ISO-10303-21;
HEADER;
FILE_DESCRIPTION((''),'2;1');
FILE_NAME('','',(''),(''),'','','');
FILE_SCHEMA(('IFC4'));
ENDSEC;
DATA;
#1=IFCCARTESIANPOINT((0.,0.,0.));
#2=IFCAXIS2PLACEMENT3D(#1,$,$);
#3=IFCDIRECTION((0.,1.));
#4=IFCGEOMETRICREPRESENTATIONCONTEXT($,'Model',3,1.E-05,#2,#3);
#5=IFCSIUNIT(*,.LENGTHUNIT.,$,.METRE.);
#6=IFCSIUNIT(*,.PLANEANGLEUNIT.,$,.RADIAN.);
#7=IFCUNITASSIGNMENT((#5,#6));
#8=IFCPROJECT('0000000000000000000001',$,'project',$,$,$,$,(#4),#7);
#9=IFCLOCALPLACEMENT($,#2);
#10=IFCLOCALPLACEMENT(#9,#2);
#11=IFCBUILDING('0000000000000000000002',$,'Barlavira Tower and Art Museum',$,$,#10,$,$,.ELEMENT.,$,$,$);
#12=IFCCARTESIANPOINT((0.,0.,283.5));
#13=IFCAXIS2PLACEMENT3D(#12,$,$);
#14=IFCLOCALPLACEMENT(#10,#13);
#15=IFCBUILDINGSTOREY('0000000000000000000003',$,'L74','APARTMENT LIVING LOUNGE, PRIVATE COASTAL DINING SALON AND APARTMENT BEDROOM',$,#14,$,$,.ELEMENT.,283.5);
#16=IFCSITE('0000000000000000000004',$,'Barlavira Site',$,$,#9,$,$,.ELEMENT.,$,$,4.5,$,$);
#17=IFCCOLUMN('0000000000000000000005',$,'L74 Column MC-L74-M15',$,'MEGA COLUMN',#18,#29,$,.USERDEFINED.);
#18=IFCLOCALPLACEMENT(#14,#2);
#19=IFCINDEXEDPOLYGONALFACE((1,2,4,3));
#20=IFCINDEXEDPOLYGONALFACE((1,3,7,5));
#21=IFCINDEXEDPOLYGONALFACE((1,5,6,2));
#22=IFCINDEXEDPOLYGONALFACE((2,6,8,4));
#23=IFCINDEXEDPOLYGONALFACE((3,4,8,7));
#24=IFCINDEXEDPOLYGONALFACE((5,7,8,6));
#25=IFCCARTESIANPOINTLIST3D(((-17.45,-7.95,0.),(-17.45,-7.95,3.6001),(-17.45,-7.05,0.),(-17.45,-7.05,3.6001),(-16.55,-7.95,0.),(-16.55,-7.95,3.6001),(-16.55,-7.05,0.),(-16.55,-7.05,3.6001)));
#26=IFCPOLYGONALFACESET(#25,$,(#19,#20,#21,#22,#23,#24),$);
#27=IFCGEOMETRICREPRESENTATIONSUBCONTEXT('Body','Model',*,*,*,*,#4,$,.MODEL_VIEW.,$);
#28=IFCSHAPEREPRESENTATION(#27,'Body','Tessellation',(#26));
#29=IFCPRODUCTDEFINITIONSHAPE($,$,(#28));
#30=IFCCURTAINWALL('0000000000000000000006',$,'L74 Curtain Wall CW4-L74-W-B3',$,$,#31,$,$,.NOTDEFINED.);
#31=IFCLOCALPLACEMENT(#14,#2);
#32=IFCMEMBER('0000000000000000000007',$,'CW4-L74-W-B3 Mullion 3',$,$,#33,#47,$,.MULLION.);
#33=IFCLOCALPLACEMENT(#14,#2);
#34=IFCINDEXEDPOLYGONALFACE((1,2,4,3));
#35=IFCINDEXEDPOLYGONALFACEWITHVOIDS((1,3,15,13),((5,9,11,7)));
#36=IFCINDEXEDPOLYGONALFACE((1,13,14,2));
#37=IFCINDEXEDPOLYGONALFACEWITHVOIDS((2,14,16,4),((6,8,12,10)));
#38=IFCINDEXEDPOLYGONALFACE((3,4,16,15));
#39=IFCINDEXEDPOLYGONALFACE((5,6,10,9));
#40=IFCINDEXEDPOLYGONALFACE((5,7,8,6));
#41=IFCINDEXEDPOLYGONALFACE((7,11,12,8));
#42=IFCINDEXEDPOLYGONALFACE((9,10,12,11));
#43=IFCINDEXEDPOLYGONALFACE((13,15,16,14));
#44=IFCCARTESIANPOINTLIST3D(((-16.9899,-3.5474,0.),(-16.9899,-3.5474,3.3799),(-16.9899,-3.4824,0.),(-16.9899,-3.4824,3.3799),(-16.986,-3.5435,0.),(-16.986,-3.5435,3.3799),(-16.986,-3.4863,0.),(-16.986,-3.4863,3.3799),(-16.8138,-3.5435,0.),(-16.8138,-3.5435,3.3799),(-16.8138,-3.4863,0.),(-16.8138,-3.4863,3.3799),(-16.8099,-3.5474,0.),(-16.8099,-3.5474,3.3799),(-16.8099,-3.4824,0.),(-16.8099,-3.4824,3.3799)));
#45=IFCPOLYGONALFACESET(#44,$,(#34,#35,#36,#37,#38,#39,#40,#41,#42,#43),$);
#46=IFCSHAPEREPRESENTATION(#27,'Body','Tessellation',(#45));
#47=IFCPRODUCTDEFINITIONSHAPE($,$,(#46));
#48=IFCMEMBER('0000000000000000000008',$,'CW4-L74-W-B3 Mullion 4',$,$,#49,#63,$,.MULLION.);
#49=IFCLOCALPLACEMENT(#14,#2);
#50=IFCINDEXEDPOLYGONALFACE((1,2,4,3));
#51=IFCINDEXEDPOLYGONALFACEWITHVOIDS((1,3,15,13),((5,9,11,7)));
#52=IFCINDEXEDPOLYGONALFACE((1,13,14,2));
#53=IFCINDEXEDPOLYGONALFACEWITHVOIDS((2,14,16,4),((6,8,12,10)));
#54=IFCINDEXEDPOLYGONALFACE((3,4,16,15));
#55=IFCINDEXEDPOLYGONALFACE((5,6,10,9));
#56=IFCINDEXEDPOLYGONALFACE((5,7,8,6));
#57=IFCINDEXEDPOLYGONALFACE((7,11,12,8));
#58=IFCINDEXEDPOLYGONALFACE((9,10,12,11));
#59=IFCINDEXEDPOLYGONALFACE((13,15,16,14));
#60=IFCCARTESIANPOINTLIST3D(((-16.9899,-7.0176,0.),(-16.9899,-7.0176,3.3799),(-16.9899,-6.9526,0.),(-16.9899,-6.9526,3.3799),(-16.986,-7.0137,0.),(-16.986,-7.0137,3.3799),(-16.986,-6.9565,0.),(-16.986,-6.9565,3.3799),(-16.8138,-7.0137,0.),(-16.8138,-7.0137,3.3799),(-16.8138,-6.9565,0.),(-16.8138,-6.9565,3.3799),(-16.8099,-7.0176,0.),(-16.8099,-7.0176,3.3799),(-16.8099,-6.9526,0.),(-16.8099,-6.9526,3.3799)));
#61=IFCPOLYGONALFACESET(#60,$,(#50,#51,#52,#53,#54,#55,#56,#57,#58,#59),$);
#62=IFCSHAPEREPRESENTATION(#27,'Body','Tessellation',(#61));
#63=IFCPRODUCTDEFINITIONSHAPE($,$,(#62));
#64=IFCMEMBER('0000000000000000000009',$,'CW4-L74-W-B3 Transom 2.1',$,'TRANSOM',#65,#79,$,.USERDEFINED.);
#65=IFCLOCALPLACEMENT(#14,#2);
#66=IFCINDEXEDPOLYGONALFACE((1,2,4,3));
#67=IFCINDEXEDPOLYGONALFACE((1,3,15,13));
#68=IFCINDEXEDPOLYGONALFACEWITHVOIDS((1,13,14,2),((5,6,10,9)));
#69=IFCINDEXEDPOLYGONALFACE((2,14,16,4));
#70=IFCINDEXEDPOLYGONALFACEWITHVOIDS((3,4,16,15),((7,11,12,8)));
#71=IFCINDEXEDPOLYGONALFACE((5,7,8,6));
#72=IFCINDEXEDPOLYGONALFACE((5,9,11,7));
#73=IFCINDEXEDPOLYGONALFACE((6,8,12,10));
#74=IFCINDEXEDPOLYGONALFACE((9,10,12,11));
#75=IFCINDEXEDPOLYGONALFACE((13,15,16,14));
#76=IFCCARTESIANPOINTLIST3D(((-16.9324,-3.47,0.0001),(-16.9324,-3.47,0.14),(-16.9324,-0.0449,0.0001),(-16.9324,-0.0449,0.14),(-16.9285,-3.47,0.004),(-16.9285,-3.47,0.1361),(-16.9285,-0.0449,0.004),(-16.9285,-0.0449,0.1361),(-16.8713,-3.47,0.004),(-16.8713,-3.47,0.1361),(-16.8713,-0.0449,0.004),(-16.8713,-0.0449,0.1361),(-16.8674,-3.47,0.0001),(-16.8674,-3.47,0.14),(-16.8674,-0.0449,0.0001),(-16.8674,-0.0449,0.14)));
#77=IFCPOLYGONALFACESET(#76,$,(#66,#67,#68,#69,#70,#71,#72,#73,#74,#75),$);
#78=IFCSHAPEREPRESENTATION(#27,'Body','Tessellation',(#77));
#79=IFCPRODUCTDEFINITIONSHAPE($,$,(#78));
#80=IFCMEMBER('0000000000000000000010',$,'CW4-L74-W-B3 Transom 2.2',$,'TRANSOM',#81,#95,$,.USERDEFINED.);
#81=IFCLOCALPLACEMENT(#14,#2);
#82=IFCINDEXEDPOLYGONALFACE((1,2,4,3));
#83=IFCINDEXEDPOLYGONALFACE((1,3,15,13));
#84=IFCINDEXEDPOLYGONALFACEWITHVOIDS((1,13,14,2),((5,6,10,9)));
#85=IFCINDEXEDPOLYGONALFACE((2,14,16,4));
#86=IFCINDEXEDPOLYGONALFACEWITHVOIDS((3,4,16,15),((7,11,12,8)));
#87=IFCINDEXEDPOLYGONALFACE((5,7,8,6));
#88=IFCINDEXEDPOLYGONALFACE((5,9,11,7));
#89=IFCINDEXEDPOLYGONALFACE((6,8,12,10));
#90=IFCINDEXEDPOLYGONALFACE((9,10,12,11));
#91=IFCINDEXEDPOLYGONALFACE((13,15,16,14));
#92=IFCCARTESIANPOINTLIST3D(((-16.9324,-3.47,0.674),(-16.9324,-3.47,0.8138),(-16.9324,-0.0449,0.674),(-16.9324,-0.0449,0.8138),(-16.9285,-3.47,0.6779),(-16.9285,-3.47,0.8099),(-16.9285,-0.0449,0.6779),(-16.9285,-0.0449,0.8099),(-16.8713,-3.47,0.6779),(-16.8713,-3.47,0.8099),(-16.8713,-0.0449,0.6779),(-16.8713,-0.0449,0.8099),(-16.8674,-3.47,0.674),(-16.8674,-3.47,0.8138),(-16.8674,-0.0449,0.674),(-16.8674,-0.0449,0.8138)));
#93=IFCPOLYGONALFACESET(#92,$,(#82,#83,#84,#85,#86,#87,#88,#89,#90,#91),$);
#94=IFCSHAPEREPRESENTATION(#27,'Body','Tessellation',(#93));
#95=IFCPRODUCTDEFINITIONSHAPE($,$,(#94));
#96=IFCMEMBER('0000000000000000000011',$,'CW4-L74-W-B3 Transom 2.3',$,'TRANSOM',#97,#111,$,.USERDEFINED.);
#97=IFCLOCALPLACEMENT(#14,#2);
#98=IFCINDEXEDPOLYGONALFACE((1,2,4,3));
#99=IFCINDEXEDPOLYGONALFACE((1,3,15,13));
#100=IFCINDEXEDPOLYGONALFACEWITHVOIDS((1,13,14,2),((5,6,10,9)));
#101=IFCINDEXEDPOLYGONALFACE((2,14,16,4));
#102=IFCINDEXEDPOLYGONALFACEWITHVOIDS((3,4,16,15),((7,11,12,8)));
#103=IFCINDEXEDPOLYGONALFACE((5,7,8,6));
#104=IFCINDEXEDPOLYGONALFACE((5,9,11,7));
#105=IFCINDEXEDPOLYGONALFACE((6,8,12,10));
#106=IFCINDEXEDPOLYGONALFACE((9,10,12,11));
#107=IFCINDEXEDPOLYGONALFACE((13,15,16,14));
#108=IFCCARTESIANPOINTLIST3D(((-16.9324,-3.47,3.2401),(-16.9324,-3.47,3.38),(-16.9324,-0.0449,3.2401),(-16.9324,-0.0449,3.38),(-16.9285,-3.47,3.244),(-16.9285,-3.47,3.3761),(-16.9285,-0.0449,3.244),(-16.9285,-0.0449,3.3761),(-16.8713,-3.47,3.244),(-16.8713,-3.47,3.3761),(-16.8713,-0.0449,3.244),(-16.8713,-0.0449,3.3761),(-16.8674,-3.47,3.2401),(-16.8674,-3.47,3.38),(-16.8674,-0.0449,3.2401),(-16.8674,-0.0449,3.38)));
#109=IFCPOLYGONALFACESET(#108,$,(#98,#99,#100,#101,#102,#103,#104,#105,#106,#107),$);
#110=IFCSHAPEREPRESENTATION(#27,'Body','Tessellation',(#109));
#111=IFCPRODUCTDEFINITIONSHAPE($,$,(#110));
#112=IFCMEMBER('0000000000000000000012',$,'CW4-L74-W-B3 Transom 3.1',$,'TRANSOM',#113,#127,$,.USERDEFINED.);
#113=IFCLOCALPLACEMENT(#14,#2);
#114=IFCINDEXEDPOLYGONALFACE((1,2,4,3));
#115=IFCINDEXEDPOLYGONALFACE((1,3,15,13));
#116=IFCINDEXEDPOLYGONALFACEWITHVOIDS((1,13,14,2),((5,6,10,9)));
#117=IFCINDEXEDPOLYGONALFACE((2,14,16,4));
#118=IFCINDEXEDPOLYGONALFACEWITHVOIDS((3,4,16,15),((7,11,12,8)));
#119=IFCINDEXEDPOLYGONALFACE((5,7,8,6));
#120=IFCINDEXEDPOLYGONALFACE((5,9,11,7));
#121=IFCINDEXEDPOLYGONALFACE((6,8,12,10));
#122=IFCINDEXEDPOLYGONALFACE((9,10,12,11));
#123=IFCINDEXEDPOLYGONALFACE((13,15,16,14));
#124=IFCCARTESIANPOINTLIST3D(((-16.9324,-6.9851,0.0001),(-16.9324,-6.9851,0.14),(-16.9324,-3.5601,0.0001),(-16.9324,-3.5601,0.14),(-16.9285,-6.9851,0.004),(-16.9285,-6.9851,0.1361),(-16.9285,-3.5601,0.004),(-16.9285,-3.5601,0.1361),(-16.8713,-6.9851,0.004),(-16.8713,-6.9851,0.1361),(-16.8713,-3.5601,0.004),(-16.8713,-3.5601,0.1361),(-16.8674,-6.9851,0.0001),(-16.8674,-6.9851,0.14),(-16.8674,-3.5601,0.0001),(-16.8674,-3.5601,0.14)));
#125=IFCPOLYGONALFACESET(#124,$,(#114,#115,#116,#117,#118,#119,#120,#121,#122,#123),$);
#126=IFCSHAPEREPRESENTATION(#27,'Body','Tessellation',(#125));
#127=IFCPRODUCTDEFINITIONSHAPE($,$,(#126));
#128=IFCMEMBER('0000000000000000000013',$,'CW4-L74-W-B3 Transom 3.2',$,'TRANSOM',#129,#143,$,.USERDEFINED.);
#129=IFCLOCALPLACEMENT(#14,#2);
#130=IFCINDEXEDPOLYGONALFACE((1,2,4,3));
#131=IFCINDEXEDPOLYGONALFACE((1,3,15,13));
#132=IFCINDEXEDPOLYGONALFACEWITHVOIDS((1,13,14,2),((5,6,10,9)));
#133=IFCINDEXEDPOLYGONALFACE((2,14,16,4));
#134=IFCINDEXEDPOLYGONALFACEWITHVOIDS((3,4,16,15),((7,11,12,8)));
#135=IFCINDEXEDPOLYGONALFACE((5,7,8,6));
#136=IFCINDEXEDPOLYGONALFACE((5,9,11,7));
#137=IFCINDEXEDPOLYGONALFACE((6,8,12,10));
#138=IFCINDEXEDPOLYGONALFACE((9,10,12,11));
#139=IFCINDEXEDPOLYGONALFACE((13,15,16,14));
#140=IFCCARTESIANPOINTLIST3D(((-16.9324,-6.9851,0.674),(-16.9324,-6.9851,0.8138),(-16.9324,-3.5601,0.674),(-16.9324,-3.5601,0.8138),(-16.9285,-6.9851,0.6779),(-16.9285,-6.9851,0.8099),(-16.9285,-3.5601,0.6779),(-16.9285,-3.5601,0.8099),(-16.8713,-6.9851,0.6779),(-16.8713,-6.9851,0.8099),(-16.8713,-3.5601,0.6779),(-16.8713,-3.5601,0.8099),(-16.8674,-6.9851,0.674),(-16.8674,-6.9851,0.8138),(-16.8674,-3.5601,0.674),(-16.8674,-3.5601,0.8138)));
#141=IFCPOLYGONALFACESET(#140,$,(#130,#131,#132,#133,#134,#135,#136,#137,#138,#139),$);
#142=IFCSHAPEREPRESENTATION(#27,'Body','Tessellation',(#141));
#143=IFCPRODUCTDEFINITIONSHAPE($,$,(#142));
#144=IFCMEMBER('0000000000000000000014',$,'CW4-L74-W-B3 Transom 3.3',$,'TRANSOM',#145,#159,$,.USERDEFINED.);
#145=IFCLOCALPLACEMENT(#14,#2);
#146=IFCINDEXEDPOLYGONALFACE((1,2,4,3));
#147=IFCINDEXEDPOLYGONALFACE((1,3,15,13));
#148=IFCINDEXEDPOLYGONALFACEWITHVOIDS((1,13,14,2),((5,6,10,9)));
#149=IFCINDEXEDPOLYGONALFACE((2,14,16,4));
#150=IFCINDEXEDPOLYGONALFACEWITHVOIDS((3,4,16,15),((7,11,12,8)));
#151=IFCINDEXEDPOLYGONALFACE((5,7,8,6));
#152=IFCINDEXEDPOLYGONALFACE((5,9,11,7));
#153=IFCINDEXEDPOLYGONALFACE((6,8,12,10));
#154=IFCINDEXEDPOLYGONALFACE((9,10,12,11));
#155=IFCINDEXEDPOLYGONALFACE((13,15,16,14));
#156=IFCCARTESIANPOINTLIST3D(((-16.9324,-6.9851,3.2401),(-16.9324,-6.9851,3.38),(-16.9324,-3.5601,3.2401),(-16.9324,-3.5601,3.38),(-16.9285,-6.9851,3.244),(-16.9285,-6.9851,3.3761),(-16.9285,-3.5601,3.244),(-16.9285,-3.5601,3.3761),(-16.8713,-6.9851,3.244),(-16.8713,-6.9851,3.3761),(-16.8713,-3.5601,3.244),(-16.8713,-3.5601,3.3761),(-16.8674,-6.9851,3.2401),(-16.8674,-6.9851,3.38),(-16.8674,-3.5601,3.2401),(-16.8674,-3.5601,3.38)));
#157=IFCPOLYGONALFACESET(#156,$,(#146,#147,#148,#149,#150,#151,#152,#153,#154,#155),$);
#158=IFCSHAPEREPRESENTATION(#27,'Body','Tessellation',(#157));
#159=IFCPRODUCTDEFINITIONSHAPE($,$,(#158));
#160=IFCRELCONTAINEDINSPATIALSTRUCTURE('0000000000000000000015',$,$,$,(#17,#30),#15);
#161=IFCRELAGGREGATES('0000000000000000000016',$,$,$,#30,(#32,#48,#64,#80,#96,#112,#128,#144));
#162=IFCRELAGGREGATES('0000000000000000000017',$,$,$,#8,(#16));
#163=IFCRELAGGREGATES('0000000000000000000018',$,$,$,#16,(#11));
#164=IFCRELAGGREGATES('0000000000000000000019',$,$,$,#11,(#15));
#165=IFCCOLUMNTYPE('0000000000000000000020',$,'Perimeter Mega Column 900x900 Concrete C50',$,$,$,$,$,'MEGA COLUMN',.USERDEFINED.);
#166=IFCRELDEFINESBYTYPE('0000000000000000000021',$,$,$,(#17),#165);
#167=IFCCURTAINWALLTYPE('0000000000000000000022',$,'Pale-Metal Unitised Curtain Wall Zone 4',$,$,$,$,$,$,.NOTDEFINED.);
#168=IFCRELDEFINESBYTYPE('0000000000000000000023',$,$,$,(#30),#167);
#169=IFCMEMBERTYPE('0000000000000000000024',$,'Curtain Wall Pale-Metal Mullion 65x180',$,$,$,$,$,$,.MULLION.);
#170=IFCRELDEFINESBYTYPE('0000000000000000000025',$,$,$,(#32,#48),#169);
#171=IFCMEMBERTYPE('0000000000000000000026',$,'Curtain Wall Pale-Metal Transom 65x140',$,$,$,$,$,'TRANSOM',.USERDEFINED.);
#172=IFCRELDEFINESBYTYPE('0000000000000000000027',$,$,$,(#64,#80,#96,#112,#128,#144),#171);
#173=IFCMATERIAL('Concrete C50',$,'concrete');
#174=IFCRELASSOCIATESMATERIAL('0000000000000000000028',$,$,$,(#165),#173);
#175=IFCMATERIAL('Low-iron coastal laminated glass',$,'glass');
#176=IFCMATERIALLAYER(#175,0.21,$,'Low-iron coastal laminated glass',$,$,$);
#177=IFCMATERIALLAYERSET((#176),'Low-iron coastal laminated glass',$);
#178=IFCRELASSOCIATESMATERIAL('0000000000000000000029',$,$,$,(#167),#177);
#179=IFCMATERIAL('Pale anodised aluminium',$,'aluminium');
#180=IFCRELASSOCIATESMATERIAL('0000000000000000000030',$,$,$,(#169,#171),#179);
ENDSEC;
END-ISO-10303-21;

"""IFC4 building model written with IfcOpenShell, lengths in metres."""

from ifc_helpers import new_model, si_unit, direction, frame, origin, origin_2d, place, context, subcontext, project, spatial, rectangle, hollow_rectangle, extrude, material, layer, layer_set, material_profile, profile_set, type_object, element, aggregate, save


model = new_model("IFC4")

# Units and contexts
model_context = context("Model", 3, precision=1e-05, world=origin(), true_north=direction((0.0, 1.0)))
body_context = subcontext(model_context, "Body", "Model", "MODEL_VIEW")
ifc_project = project(units=[si_unit("LENGTHUNIT", "METRE"), si_unit("PLANEANGLEUNIT", "RADIAN")], contexts=[model_context])

# Site, building, storey
site_placement = place(None, origin())
site = spatial("IfcSite", under=ifc_project, at=site_placement, Name="Barlavira Site", CompositionType="ELEMENT", RefElevation=4.5)
building_placement = place(site_placement, origin())
building = spatial("IfcBuilding", under=site, at=building_placement, Name="Barlavira Tower and Art Museum", CompositionType="ELEMENT")
storey_placement = place(building_placement, frame((0.0, 0.0, 283.5)))
storey = spatial("IfcBuildingStorey", under=building, at=storey_placement, Name="L74", Description="APARTMENT LIVING LOUNGE, PRIVATE COASTAL DINING SALON AND APARTMENT BEDROOM", CompositionType="ELEMENT", Elevation=283.5)

# Column
ifc_material_1 = material(Name="Concrete C50", Category="concrete")
ifc_material_profile_1 = material_profile(ifc_material_1, rectangle(XDim=0.8999, YDim=0.8999, at=origin_2d()), Name="RC-COL 900x900")
ifc_profile_set_1 = profile_set([ifc_material_profile_1], Name="Concrete C50")
column_type = type_object("IfcColumnType", Name="Perimeter Mega Column 900x900 Concrete C50", ElementType="MEGA COLUMN", PredefinedType="USERDEFINED", material=ifc_profile_set_1)
column_placement = place(storey_placement, frame((-17.0, -7.5, 0.0), z_axis=(0.0, 0.0, 1.0), x_axis=(1.0, 0.0, 0.0)))
element("IfcColumn", 1, at=column_placement, inside=storey, type_object=column_type, Name="L74 Column MC-L74-M15", ObjectType="MEGA COLUMN", PredefinedType="USERDEFINED", context=body_context, shape_type="SweptSolid", body=[
    extrude(rectangle(XDim=0.8999, YDim=0.8999, at=origin_2d()), origin(), (0.0, 0.0, 1.0), 3.6001),
])

# Curtain wall, members
ifc_material_2 = material(Name="Low-iron coastal laminated glass", Category="glass")
ifc_layer_1 = layer(ifc_material_2, 0.21, Name="Low-iron coastal laminated glass")
ifc_layer_set_1 = layer_set([ifc_layer_1], Name="Low-iron coastal laminated glass")
curtain_wall_type = type_object("IfcCurtainWallType", Name="Pale-Metal Unitised Curtain Wall Zone 4", PredefinedType="NOTDEFINED", material=ifc_layer_set_1)
curtain_wall_placement = place(storey_placement, origin())
curtain_wall = element("IfcCurtainWall", 2, at=curtain_wall_placement, inside=storey, type_object=curtain_wall_type, Name="L74 Curtain Wall CW4-L74-W-B3", PredefinedType="NOTDEFINED")
ifc_material_3 = material(Name="Pale anodised aluminium", Category="aluminium")
ifc_material_profile_2 = material_profile(ifc_material_3, hollow_rectangle(XDim=0.0649, YDim=0.1799, WallThickness=0.0039, at=origin_2d()), Name="ALU-MULL 65x180x4")
ifc_profile_set_2 = profile_set([ifc_material_profile_2], Name="Pale anodised aluminium")
member_type_1 = type_object("IfcMemberType", Name="Curtain Wall Pale-Metal Mullion 65x180", PredefinedType="MULLION", material=ifc_profile_set_2)
member_1_placement = place(storey_placement, frame((-16.8999, -3.5149, 0.0), z_axis=(0.0, 0.0, 1.0), x_axis=(0.0, -1.0, 0.0)))
member_1 = element("IfcMember", 3, at=member_1_placement, type_object=member_type_1, Name="CW4-L74-W-B3 Mullion 3", PredefinedType="MULLION", context=body_context, shape_type="SweptSolid", body=[
    extrude(hollow_rectangle(XDim=0.0649, YDim=0.1799, WallThickness=0.0039, at=origin_2d()), origin(), (0.0, 0.0, 1.0), 3.3799),
])
member_2_placement = place(storey_placement, frame((-16.8999, -6.9851, 0.0), z_axis=(0.0, 0.0, 1.0), x_axis=(0.0, -1.0, 0.0)))
member_2 = element("IfcMember", 4, at=member_2_placement, type_object=member_type_1, Name="CW4-L74-W-B3 Mullion 4", PredefinedType="MULLION", context=body_context, shape_type="SweptSolid", body=[
    extrude(hollow_rectangle(XDim=0.0649, YDim=0.1799, WallThickness=0.0039, at=origin_2d()), origin(), (0.0, 0.0, 1.0), 3.3799),
])
ifc_material_profile_3 = material_profile(ifc_material_3, hollow_rectangle(XDim=0.0649, YDim=0.1399, WallThickness=0.0039, at=origin_2d()), Name="ALU-TRAN 65x140x4")
ifc_profile_set_3 = profile_set([ifc_material_profile_3], Name="Pale anodised aluminium")
member_type_2 = type_object("IfcMemberType", Name="Curtain Wall Pale-Metal Transom 65x140", ElementType="TRANSOM", PredefinedType="USERDEFINED", material=ifc_profile_set_3)
member_3_placement = place(storey_placement, frame((-16.8999, -0.0449, 0.0701), z_axis=(0.0, -1.0, 0.0), x_axis=(1.0, 0.0, 0.0)))
member_3 = element("IfcMember", 5, at=member_3_placement, type_object=member_type_2, Name="CW4-L74-W-B3 Transom 2.1", ObjectType="TRANSOM", PredefinedType="USERDEFINED", context=body_context, shape_type="SweptSolid", body=[
    extrude(hollow_rectangle(XDim=0.0649, YDim=0.1399, WallThickness=0.0039, at=origin_2d()), origin(), (0.0, 0.0, 1.0), 3.425),
])
member_4_placement = place(storey_placement, frame((-16.8999, -0.0449, 0.7439), z_axis=(0.0, -1.0, 0.0), x_axis=(1.0, 0.0, 0.0)))
member_4 = element("IfcMember", 6, at=member_4_placement, type_object=member_type_2, Name="CW4-L74-W-B3 Transom 2.2", ObjectType="TRANSOM", PredefinedType="USERDEFINED", context=body_context, shape_type="SweptSolid", body=[
    extrude(hollow_rectangle(XDim=0.0649, YDim=0.1399, WallThickness=0.0039, at=origin_2d()), origin(), (0.0, 0.0, 1.0), 3.425),
])
member_5_placement = place(storey_placement, frame((-16.8999, -0.0449, 3.3101), z_axis=(0.0, -1.0, 0.0), x_axis=(1.0, 0.0, 0.0)))
member_5 = element("IfcMember", 7, at=member_5_placement, type_object=member_type_2, Name="CW4-L74-W-B3 Transom 2.3", ObjectType="TRANSOM", PredefinedType="USERDEFINED", context=body_context, shape_type="SweptSolid", body=[
    extrude(hollow_rectangle(XDim=0.0649, YDim=0.1399, WallThickness=0.0039, at=origin_2d()), origin(), (0.0, 0.0, 1.0), 3.425),
])
member_6_placement = place(storey_placement, frame((-16.8999, -3.5601, 0.0701), z_axis=(0.0, -1.0, 0.0), x_axis=(1.0, 0.0, 0.0)))
member_6 = element("IfcMember", 8, at=member_6_placement, type_object=member_type_2, Name="CW4-L74-W-B3 Transom 3.1", ObjectType="TRANSOM", PredefinedType="USERDEFINED", context=body_context, shape_type="SweptSolid", body=[
    extrude(hollow_rectangle(XDim=0.0649, YDim=0.1399, WallThickness=0.0039, at=origin_2d()), origin(), (0.0, 0.0, 1.0), 3.425),
])
member_7_placement = place(storey_placement, frame((-16.8999, -3.5601, 0.7439), z_axis=(0.0, -1.0, 0.0), x_axis=(1.0, 0.0, 0.0)))
member_7 = element("IfcMember", 9, at=member_7_placement, type_object=member_type_2, Name="CW4-L74-W-B3 Transom 3.2", ObjectType="TRANSOM", PredefinedType="USERDEFINED", context=body_context, shape_type="SweptSolid", body=[
    extrude(hollow_rectangle(XDim=0.0649, YDim=0.1399, WallThickness=0.0039, at=origin_2d()), origin(), (0.0, 0.0, 1.0), 3.425),
])
member_8_placement = place(storey_placement, frame((-16.8999, -3.5601, 3.3101), z_axis=(0.0, -1.0, 0.0), x_axis=(1.0, 0.0, 0.0)))
member_8 = element("IfcMember", 10, at=member_8_placement, type_object=member_type_2, Name="CW4-L74-W-B3 Transom 3.3", ObjectType="TRANSOM", PredefinedType="USERDEFINED", context=body_context, shape_type="SweptSolid", body=[
    extrude(hollow_rectangle(XDim=0.0649, YDim=0.1399, WallThickness=0.0039, at=origin_2d()), origin(), (0.0, 0.0, 1.0), 3.425),
])

aggregate(curtain_wall, [member_1, member_2, member_3, member_4, member_5, member_6, member_7, member_8])

save(model, "model.ifc")
